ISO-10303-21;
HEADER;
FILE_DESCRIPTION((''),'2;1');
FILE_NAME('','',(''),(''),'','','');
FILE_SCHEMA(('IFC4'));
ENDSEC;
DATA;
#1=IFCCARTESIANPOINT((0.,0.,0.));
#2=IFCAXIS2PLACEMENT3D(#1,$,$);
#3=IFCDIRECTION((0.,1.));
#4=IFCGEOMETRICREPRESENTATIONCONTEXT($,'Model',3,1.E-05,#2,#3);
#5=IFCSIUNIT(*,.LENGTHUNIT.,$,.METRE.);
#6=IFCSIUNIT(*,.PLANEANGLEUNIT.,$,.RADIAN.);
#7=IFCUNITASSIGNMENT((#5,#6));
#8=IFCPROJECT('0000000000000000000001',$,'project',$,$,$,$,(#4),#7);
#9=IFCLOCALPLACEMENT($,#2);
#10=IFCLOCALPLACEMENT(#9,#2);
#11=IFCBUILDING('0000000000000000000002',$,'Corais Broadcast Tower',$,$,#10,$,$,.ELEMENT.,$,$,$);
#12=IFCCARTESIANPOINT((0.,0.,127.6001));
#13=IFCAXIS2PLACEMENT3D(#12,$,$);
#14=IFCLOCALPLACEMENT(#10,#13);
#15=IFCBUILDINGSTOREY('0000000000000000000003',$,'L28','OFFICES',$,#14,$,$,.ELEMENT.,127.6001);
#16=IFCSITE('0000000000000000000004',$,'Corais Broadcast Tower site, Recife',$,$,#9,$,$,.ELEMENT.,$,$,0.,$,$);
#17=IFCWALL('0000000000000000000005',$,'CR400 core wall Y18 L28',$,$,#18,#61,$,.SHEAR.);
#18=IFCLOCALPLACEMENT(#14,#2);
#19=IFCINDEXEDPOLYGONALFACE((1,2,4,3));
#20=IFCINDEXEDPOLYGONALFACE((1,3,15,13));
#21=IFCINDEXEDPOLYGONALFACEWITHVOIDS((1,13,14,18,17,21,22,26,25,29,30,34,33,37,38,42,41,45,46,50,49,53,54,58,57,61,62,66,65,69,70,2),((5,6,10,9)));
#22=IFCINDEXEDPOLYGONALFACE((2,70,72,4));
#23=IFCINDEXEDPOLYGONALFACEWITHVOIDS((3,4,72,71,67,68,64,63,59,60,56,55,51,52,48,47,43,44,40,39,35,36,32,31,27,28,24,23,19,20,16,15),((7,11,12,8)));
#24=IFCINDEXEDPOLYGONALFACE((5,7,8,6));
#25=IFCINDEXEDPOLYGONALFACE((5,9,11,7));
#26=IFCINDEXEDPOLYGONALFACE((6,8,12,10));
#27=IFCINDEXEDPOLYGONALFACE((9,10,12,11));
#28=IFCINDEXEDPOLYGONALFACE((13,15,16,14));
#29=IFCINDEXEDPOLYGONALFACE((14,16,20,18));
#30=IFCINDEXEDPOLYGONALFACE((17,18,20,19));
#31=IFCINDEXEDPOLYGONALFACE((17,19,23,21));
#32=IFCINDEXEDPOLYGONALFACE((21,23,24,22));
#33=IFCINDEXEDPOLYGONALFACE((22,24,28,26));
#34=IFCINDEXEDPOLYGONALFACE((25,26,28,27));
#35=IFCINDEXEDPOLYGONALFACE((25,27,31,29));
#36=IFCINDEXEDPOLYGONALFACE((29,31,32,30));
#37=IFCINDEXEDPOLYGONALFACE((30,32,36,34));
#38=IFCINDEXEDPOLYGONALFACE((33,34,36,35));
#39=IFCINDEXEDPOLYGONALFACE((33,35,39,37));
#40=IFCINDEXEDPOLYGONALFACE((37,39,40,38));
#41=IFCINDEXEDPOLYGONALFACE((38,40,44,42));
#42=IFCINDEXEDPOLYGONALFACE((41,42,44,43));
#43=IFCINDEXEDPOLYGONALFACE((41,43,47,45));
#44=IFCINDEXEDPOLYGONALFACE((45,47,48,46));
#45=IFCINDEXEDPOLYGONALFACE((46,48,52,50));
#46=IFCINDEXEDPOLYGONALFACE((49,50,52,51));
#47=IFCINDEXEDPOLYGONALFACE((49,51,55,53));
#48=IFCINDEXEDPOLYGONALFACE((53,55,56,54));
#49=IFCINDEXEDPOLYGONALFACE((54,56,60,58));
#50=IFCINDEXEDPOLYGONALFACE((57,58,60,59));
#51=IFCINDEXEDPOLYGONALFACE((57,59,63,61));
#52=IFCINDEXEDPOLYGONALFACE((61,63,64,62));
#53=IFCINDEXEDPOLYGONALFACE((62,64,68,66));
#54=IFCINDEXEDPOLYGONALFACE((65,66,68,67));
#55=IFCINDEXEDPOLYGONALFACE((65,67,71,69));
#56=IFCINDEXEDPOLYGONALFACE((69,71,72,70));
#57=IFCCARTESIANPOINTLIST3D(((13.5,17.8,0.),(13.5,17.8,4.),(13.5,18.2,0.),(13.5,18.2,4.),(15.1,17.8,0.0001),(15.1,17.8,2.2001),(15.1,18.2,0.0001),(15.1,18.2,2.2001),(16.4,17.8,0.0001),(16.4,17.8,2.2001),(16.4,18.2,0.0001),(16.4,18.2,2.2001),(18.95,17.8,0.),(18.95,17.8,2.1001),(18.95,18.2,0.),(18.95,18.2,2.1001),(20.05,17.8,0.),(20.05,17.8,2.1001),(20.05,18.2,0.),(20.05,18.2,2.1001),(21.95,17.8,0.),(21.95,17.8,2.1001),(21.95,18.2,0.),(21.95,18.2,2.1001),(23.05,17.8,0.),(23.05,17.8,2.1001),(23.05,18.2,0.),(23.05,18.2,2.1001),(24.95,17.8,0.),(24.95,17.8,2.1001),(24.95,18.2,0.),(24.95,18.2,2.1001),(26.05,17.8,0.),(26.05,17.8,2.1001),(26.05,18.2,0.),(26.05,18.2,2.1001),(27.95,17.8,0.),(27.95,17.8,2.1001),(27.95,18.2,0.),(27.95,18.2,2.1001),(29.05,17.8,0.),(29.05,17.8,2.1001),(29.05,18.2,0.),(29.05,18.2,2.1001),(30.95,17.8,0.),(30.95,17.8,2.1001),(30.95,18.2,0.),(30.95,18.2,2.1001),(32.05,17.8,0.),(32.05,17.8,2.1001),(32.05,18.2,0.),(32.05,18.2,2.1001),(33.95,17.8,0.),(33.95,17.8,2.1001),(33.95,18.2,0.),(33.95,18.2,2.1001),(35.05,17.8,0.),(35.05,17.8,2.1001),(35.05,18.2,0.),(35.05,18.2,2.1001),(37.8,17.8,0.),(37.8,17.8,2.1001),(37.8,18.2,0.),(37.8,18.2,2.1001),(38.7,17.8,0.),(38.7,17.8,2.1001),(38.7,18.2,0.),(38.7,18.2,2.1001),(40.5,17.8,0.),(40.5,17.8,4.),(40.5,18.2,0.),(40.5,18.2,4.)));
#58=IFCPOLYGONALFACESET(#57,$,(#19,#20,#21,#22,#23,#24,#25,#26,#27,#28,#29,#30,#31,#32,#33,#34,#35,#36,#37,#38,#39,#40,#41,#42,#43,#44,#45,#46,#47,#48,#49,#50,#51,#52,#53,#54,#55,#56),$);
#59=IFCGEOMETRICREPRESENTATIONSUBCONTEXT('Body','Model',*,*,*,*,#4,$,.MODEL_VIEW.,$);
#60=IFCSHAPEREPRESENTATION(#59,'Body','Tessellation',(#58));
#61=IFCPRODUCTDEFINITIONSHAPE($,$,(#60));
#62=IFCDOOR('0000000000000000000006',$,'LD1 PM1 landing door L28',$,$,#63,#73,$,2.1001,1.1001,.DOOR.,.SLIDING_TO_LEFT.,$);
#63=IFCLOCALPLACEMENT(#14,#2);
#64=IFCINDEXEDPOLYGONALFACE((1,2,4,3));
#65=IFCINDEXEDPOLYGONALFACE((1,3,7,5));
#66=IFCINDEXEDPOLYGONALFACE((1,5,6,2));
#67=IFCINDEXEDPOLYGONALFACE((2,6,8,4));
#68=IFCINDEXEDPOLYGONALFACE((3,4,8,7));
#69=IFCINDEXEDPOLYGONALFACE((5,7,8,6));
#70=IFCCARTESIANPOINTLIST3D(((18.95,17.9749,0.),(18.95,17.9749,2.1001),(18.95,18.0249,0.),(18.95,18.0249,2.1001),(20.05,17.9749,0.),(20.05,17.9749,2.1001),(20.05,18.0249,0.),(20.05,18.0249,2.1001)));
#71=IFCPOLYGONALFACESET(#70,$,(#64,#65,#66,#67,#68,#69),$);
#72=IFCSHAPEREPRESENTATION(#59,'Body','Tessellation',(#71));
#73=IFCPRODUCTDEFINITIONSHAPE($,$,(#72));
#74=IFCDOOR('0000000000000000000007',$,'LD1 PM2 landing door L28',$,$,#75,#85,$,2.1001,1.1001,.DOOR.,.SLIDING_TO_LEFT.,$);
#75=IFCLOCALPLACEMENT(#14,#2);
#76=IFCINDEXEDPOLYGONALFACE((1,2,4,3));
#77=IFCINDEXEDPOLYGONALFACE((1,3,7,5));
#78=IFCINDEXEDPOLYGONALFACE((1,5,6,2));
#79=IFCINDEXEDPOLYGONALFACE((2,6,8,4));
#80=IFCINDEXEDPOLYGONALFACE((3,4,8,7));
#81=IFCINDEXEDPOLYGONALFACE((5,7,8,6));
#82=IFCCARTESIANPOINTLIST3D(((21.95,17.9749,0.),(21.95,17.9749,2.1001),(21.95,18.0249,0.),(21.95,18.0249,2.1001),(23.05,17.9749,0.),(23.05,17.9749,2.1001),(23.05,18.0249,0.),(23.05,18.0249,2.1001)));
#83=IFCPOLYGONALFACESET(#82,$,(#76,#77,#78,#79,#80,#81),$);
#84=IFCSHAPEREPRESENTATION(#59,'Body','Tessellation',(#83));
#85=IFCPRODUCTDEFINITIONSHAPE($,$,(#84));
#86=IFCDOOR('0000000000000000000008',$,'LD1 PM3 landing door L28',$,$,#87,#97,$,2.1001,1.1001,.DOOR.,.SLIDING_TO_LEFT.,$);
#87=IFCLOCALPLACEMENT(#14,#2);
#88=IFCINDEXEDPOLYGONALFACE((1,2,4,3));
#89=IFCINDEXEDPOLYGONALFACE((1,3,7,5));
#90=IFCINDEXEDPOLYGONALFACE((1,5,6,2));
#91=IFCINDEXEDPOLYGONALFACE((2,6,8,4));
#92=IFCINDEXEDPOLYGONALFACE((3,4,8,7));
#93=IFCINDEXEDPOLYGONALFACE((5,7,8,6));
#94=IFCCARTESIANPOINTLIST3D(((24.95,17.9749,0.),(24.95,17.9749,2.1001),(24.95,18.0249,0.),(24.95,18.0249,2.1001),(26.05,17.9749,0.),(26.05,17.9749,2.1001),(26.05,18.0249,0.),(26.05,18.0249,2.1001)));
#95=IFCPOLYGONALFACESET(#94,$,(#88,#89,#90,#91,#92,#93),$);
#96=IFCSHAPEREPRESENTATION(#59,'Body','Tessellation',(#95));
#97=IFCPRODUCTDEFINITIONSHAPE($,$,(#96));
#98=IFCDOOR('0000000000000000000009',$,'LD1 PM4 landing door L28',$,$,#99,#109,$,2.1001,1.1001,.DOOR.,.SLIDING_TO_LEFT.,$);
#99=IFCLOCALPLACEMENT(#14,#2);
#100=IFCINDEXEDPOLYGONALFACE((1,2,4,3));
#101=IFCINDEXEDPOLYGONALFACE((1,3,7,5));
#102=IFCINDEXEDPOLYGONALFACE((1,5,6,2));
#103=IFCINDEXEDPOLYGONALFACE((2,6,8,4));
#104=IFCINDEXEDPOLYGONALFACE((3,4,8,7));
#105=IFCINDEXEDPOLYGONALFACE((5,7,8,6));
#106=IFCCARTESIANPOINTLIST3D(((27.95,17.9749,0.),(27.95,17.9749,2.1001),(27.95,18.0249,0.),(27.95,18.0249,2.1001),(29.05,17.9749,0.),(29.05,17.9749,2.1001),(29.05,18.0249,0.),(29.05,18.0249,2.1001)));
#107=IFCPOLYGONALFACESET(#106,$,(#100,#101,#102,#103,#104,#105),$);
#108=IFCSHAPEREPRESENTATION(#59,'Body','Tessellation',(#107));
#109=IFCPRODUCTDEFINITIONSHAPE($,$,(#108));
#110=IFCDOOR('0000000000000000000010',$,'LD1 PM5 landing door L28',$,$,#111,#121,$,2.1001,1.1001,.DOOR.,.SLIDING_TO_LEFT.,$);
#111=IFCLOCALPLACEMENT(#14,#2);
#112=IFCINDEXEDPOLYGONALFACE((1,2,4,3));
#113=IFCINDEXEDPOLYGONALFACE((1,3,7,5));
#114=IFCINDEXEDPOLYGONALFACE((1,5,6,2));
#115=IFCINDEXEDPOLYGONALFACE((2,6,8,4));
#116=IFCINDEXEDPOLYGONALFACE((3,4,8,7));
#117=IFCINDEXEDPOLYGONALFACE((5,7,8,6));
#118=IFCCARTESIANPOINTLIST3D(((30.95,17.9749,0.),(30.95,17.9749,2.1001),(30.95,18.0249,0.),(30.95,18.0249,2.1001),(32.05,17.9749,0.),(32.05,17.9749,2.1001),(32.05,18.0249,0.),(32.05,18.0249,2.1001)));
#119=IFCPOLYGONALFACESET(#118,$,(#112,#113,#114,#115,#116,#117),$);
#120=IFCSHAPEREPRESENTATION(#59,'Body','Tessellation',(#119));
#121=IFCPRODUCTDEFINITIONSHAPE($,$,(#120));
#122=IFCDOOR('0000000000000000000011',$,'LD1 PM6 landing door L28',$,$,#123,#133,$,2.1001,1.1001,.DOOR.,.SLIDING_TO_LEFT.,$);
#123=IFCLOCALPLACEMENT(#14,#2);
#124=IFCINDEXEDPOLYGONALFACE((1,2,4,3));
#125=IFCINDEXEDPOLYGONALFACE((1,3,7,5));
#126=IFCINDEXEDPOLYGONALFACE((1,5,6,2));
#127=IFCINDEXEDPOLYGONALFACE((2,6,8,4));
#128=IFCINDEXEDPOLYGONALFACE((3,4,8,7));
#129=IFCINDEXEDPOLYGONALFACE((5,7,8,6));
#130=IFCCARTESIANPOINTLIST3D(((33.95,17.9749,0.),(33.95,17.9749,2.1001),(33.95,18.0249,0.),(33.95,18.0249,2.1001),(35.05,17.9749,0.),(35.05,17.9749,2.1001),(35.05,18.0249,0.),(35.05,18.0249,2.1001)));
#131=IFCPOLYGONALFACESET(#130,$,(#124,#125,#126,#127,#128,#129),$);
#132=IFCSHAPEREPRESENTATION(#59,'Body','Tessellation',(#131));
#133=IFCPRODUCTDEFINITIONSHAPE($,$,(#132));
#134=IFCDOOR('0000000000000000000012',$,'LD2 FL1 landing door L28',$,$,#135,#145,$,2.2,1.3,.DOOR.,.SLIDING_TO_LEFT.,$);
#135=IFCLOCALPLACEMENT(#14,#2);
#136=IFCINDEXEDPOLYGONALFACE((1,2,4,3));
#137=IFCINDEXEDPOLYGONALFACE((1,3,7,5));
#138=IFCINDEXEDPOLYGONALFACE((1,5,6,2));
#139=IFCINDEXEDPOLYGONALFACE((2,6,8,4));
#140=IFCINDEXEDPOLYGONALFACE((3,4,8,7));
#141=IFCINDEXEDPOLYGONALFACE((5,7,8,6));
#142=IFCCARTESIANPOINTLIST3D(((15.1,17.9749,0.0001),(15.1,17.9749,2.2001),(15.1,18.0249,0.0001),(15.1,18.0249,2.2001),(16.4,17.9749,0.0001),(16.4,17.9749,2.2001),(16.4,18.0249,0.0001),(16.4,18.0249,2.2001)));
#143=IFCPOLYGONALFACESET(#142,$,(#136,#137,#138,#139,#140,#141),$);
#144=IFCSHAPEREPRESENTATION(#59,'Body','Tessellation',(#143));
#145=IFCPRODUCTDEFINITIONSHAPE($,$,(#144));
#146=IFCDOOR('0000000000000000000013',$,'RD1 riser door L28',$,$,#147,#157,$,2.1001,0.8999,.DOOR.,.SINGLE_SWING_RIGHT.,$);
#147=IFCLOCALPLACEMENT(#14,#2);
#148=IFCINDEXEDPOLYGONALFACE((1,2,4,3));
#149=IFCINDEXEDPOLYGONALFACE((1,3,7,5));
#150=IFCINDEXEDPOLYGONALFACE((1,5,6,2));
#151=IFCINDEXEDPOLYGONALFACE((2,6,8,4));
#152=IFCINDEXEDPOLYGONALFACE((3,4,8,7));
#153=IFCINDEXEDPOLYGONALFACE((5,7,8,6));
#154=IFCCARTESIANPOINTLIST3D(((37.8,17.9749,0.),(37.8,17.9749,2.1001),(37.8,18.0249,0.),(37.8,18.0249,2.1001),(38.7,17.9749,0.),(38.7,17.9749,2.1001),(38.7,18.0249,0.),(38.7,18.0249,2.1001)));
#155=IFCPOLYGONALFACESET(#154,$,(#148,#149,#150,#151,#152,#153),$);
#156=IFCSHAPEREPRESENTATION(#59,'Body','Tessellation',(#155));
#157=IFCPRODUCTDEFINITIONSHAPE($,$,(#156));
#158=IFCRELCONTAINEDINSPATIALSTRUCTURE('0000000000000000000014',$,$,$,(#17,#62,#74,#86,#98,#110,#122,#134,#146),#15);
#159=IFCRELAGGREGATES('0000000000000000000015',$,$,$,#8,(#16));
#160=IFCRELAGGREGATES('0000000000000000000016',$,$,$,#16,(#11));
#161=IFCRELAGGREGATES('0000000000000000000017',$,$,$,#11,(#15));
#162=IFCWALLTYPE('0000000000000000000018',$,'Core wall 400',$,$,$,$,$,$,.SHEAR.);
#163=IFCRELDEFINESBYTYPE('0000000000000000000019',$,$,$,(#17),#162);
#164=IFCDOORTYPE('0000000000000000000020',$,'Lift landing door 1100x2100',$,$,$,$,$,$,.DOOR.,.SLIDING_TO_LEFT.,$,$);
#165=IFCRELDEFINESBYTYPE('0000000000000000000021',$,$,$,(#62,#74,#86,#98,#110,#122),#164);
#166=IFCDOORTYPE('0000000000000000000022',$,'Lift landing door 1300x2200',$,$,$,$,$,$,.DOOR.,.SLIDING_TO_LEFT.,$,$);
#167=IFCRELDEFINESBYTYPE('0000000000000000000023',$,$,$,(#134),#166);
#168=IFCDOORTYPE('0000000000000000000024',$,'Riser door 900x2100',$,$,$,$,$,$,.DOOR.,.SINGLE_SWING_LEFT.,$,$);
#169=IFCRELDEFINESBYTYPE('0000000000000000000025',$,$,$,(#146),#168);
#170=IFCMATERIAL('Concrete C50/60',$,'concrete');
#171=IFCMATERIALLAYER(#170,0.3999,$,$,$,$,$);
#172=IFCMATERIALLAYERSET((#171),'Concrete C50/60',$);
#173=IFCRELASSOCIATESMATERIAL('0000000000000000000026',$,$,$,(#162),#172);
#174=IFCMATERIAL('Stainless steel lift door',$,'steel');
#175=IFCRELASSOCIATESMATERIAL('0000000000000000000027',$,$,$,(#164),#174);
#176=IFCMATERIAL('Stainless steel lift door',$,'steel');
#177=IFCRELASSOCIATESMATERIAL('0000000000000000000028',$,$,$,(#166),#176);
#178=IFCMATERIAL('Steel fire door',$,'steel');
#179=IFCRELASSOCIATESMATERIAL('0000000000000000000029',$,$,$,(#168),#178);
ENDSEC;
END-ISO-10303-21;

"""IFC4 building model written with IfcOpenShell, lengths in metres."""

from ifc_helpers import new_model, si_unit, direction, frame, frame_2d, origin, place, context, subcontext, project, spatial, rectangle, extrude, material, layer, layer_set, type_object, element, fill, save


model = new_model("IFC4")

# Units and contexts
model_context = context("Model", 3, precision=1e-05, world=origin(), true_north=direction((0.0, 1.0)))
body_context = subcontext(model_context, "Body", "Model", "MODEL_VIEW")
ifc_project = project(units=[si_unit("LENGTHUNIT", "METRE"), si_unit("PLANEANGLEUNIT", "RADIAN")], contexts=[model_context])

# Site, building, storey
site_placement = place(None, origin())
site = spatial("IfcSite", under=ifc_project, at=site_placement, Name="Corais Broadcast Tower site, Recife", CompositionType="ELEMENT", RefElevation=0.0)
building_placement = place(site_placement, origin())
building = spatial("IfcBuilding", under=site, at=building_placement, Name="Corais Broadcast Tower", CompositionType="ELEMENT")
storey_placement = place(building_placement, frame((0.0, 0.0, 127.6001)))
storey = spatial("IfcBuildingStorey", under=building, at=storey_placement, Name="L28", Description="OFFICES", CompositionType="ELEMENT", Elevation=127.6001)

# Shared definitions
ifc_material_1 = material(Name="Concrete C50/60", Category="concrete")
ifc_layer_1 = layer(ifc_material_1, 0.3999)
ifc_layer_set_1 = layer_set([ifc_layer_1], Name="Concrete C50/60")
wall_type_1 = type_object("IfcWallType", Name="Core wall 400", PredefinedType="SHEAR", material=ifc_layer_set_1)

# Wall, openings, doors
wall_1_placement = place(storey_placement, frame((13.5, 18.0, 0.0), z_axis=(0.0, 0.0, 1.0), x_axis=(1.0, 0.0, 0.0)))
wall_1 = element("IfcWall", 1, at=wall_1_placement, inside=storey, type_object=wall_type_1, Name="CR400 core wall Y18 L28", PredefinedType="SHEAR", context=body_context, shape_type="SweptSolid", body=[
    extrude(rectangle(XDim=27.0, YDim=0.3999, at=frame_2d((13.5, 0.0))), origin(), (0.0, 0.0, 1.0), 4.0),
])
opening_1_placement = place(wall_1_placement, frame((24.3, 0.0, 0.0)))
opening_1 = element("IfcOpeningElement", 2, at=opening_1_placement, cuts=wall_1, PredefinedType="OPENING", context=body_context, shape_type="SweptSolid", body=[
    extrude(rectangle(XDim=0.8999, YDim=2.1001, at=frame_2d((0.45, 1.05))), frame((0.0, 0.21, 0.0), z_axis=(0.0, -1.0, 0.0), x_axis=(1.0, 0.0, 0.0)), (0.0, 0.0, 1.0), 0.4199),
])
opening_2_placement = place(wall_1_placement, frame((5.45, 0.0, 0.0)))
opening_2 = element("IfcOpeningElement", 3, at=opening_2_placement, cuts=wall_1, PredefinedType="OPENING", context=body_context, shape_type="SweptSolid", body=[
    extrude(rectangle(XDim=1.1001, YDim=2.1001, at=frame_2d((0.55, 1.05))), frame((0.0, 0.21, 0.0), z_axis=(0.0, -1.0, 0.0), x_axis=(1.0, 0.0, 0.0)), (0.0, 0.0, 1.0), 0.4199),
])
opening_3_placement = place(wall_1_placement, frame((8.45, 0.0, 0.0)))
opening_3 = element("IfcOpeningElement", 4, at=opening_3_placement, cuts=wall_1, PredefinedType="OPENING", context=body_context, shape_type="SweptSolid", body=[
    extrude(rectangle(XDim=1.1001, YDim=2.1001, at=frame_2d((0.55, 1.05))), frame((0.0, 0.21, 0.0), z_axis=(0.0, -1.0, 0.0), x_axis=(1.0, 0.0, 0.0)), (0.0, 0.0, 1.0), 0.4199),
])
opening_4_placement = place(wall_1_placement, frame((11.45, 0.0, 0.0)))
opening_4 = element("IfcOpeningElement", 5, at=opening_4_placement, cuts=wall_1, PredefinedType="OPENING", context=body_context, shape_type="SweptSolid", body=[
    extrude(rectangle(XDim=1.1001, YDim=2.1001, at=frame_2d((0.55, 1.05))), frame((0.0, 0.21, 0.0), z_axis=(0.0, -1.0, 0.0), x_axis=(1.0, 0.0, 0.0)), (0.0, 0.0, 1.0), 0.4199),
])
opening_5_placement = place(wall_1_placement, frame((14.45, 0.0, 0.0)))
opening_5 = element("IfcOpeningElement", 6, at=opening_5_placement, cuts=wall_1, PredefinedType="OPENING", context=body_context, shape_type="SweptSolid", body=[
    extrude(rectangle(XDim=1.1001, YDim=2.1001, at=frame_2d((0.55, 1.05))), frame((0.0, 0.21, 0.0), z_axis=(0.0, -1.0, 0.0), x_axis=(1.0, 0.0, 0.0)), (0.0, 0.0, 1.0), 0.4199),
])
opening_6_placement = place(wall_1_placement, frame((17.45, 0.0, 0.0)))
opening_6 = element("IfcOpeningElement", 7, at=opening_6_placement, cuts=wall_1, PredefinedType="OPENING", context=body_context, shape_type="SweptSolid", body=[
    extrude(rectangle(XDim=1.1001, YDim=2.1001, at=frame_2d((0.55, 1.05))), frame((0.0, 0.21, 0.0), z_axis=(0.0, -1.0, 0.0), x_axis=(1.0, 0.0, 0.0)), (0.0, 0.0, 1.0), 0.4199),
])
opening_7_placement = place(wall_1_placement, frame((20.45, 0.0, 0.0)))
opening_7 = element("IfcOpeningElement", 8, at=opening_7_placement, cuts=wall_1, PredefinedType="OPENING", context=body_context, shape_type="SweptSolid", body=[
    extrude(rectangle(XDim=1.1001, YDim=2.1001, at=frame_2d((0.55, 1.05))), frame((0.0, 0.21, 0.0), z_axis=(0.0, -1.0, 0.0), x_axis=(1.0, 0.0, 0.0)), (0.0, 0.0, 1.0), 0.4199),
])
opening_8_placement = place(wall_1_placement, frame((1.6001, 0.0, 0.0)))
opening_8 = element("IfcOpeningElement", 9, at=opening_8_placement, cuts=wall_1, PredefinedType="OPENING", context=body_context, shape_type="SweptSolid", body=[
    extrude(rectangle(XDim=1.3, YDim=2.2, at=frame_2d((0.6499, 1.1001))), frame((0.0, 0.21, 0.0), z_axis=(0.0, -1.0, 0.0), x_axis=(1.0, 0.0, 0.0)), (0.0, 0.0, 1.0), 0.4199),
])
ifc_material_2 = material(Name="Stainless steel lift door", Category="steel")
door_type_1 = type_object("IfcDoorType", Name="Lift landing door 1100x2100", OperationType="SLIDING_TO_LEFT", PredefinedType="DOOR", material=ifc_material_2)
door_1_placement = place(opening_2_placement, origin())
door_1 = element("IfcDoor", 10, at=door_1_placement, inside=storey, type_object=door_type_1, Name="LD1 PM1 landing door L28", OperationType="SLIDING_TO_LEFT", OverallHeight=2.1001, OverallWidth=1.1001, PredefinedType="DOOR", context=body_context, shape_type="SweptSolid", body=[
    extrude(rectangle(XDim=1.1001, YDim=2.1001, at=frame_2d((0.55, 1.05))), frame((0.0, 0.0249, 0.0), z_axis=(0.0, -1.0, 0.0), x_axis=(1.0, 0.0, 0.0)), (0.0, 0.0, 1.0), 0.05),
])
fill(opening_2, door_1)
door_2_placement = place(opening_3_placement, origin())
door_2 = element("IfcDoor", 11, at=door_2_placement, inside=storey, type_object=door_type_1, Name="LD1 PM2 landing door L28", OperationType="SLIDING_TO_LEFT", OverallHeight=2.1001, OverallWidth=1.1001, PredefinedType="DOOR", context=body_context, shape_type="SweptSolid", body=[
    extrude(rectangle(XDim=1.1001, YDim=2.1001, at=frame_2d((0.55, 1.05))), frame((0.0, 0.0249, 0.0), z_axis=(0.0, -1.0, 0.0), x_axis=(1.0, 0.0, 0.0)), (0.0, 0.0, 1.0), 0.05),
])
fill(opening_3, door_2)
door_3_placement = place(opening_4_placement, origin())
door_3 = element("IfcDoor", 12, at=door_3_placement, inside=storey, type_object=door_type_1, Name="LD1 PM3 landing door L28", OperationType="SLIDING_TO_LEFT", OverallHeight=2.1001, OverallWidth=1.1001, PredefinedType="DOOR", context=body_context, shape_type="SweptSolid", body=[
    extrude(rectangle(XDim=1.1001, YDim=2.1001, at=frame_2d((0.55, 1.05))), frame((0.0, 0.0249, 0.0), z_axis=(0.0, -1.0, 0.0), x_axis=(1.0, 0.0, 0.0)), (0.0, 0.0, 1.0), 0.05),
])
fill(opening_4, door_3)
door_4_placement = place(opening_5_placement, origin())
door_4 = element("IfcDoor", 13, at=door_4_placement, inside=storey, type_object=door_type_1, Name="LD1 PM4 landing door L28", OperationType="SLIDING_TO_LEFT", OverallHeight=2.1001, OverallWidth=1.1001, PredefinedType="DOOR", context=body_context, shape_type="SweptSolid", body=[
    extrude(rectangle(XDim=1.1001, YDim=2.1001, at=frame_2d((0.55, 1.05))), frame((0.0, 0.0249, 0.0), z_axis=(0.0, -1.0, 0.0), x_axis=(1.0, 0.0, 0.0)), (0.0, 0.0, 1.0), 0.05),
])
fill(opening_5, door_4)
door_5_placement = place(opening_6_placement, origin())
door_5 = element("IfcDoor", 14, at=door_5_placement, inside=storey, type_object=door_type_1, Name="LD1 PM5 landing door L28", OperationType="SLIDING_TO_LEFT", OverallHeight=2.1001, OverallWidth=1.1001, PredefinedType="DOOR", context=body_context, shape_type="SweptSolid", body=[
    extrude(rectangle(XDim=1.1001, YDim=2.1001, at=frame_2d((0.55, 1.05))), frame((0.0, 0.0249, 0.0), z_axis=(0.0, -1.0, 0.0), x_axis=(1.0, 0.0, 0.0)), (0.0, 0.0, 1.0), 0.05),
])
fill(opening_6, door_5)
door_6_placement = place(opening_7_placement, origin())
door_6 = element("IfcDoor", 15, at=door_6_placement, inside=storey, type_object=door_type_1, Name="LD1 PM6 landing door L28", OperationType="SLIDING_TO_LEFT", OverallHeight=2.1001, OverallWidth=1.1001, PredefinedType="DOOR", context=body_context, shape_type="SweptSolid", body=[
    extrude(rectangle(XDim=1.1001, YDim=2.1001, at=frame_2d((0.55, 1.05))), frame((0.0, 0.0249, 0.0), z_axis=(0.0, -1.0, 0.0), x_axis=(1.0, 0.0, 0.0)), (0.0, 0.0, 1.0), 0.05),
])
fill(opening_7, door_6)
ifc_material_3 = material(Name="Stainless steel lift door", Category="steel")
door_type_2 = type_object("IfcDoorType", Name="Lift landing door 1300x2200", OperationType="SLIDING_TO_LEFT", PredefinedType="DOOR", material=ifc_material_3)
door_7_placement = place(opening_8_placement, origin())
door_7 = element("IfcDoor", 16, at=door_7_placement, inside=storey, type_object=door_type_2, Name="LD2 FL1 landing door L28", OperationType="SLIDING_TO_LEFT", OverallHeight=2.2, OverallWidth=1.3, PredefinedType="DOOR", context=body_context, shape_type="SweptSolid", body=[
    extrude(rectangle(XDim=1.3, YDim=2.2, at=frame_2d((0.6499, 1.1001))), frame((0.0, 0.0249, 0.0), z_axis=(0.0, -1.0, 0.0), x_axis=(1.0, 0.0, 0.0)), (0.0, 0.0, 1.0), 0.05),
])
fill(opening_8, door_7)
ifc_material_4 = material(Name="Steel fire door", Category="steel")
door_type_3 = type_object("IfcDoorType", Name="Riser door 900x2100", OperationType="SINGLE_SWING_LEFT", PredefinedType="DOOR", material=ifc_material_4)
door_8_placement = place(opening_1_placement, origin())
door_8 = element("IfcDoor", 17, at=door_8_placement, inside=storey, type_object=door_type_3, Name="RD1 riser door L28", OperationType="SINGLE_SWING_RIGHT", OverallHeight=2.1001, OverallWidth=0.8999, PredefinedType="DOOR", context=body_context, shape_type="SweptSolid", body=[
    extrude(rectangle(XDim=0.8999, YDim=2.1001, at=frame_2d((0.45, 1.05))), frame((0.0, 0.0249, 0.0), z_axis=(0.0, -1.0, 0.0), x_axis=(1.0, 0.0, 0.0)), (0.0, 0.0, 1.0), 0.05),
])
fill(opening_1, door_8)

save(model, "model.ifc")
